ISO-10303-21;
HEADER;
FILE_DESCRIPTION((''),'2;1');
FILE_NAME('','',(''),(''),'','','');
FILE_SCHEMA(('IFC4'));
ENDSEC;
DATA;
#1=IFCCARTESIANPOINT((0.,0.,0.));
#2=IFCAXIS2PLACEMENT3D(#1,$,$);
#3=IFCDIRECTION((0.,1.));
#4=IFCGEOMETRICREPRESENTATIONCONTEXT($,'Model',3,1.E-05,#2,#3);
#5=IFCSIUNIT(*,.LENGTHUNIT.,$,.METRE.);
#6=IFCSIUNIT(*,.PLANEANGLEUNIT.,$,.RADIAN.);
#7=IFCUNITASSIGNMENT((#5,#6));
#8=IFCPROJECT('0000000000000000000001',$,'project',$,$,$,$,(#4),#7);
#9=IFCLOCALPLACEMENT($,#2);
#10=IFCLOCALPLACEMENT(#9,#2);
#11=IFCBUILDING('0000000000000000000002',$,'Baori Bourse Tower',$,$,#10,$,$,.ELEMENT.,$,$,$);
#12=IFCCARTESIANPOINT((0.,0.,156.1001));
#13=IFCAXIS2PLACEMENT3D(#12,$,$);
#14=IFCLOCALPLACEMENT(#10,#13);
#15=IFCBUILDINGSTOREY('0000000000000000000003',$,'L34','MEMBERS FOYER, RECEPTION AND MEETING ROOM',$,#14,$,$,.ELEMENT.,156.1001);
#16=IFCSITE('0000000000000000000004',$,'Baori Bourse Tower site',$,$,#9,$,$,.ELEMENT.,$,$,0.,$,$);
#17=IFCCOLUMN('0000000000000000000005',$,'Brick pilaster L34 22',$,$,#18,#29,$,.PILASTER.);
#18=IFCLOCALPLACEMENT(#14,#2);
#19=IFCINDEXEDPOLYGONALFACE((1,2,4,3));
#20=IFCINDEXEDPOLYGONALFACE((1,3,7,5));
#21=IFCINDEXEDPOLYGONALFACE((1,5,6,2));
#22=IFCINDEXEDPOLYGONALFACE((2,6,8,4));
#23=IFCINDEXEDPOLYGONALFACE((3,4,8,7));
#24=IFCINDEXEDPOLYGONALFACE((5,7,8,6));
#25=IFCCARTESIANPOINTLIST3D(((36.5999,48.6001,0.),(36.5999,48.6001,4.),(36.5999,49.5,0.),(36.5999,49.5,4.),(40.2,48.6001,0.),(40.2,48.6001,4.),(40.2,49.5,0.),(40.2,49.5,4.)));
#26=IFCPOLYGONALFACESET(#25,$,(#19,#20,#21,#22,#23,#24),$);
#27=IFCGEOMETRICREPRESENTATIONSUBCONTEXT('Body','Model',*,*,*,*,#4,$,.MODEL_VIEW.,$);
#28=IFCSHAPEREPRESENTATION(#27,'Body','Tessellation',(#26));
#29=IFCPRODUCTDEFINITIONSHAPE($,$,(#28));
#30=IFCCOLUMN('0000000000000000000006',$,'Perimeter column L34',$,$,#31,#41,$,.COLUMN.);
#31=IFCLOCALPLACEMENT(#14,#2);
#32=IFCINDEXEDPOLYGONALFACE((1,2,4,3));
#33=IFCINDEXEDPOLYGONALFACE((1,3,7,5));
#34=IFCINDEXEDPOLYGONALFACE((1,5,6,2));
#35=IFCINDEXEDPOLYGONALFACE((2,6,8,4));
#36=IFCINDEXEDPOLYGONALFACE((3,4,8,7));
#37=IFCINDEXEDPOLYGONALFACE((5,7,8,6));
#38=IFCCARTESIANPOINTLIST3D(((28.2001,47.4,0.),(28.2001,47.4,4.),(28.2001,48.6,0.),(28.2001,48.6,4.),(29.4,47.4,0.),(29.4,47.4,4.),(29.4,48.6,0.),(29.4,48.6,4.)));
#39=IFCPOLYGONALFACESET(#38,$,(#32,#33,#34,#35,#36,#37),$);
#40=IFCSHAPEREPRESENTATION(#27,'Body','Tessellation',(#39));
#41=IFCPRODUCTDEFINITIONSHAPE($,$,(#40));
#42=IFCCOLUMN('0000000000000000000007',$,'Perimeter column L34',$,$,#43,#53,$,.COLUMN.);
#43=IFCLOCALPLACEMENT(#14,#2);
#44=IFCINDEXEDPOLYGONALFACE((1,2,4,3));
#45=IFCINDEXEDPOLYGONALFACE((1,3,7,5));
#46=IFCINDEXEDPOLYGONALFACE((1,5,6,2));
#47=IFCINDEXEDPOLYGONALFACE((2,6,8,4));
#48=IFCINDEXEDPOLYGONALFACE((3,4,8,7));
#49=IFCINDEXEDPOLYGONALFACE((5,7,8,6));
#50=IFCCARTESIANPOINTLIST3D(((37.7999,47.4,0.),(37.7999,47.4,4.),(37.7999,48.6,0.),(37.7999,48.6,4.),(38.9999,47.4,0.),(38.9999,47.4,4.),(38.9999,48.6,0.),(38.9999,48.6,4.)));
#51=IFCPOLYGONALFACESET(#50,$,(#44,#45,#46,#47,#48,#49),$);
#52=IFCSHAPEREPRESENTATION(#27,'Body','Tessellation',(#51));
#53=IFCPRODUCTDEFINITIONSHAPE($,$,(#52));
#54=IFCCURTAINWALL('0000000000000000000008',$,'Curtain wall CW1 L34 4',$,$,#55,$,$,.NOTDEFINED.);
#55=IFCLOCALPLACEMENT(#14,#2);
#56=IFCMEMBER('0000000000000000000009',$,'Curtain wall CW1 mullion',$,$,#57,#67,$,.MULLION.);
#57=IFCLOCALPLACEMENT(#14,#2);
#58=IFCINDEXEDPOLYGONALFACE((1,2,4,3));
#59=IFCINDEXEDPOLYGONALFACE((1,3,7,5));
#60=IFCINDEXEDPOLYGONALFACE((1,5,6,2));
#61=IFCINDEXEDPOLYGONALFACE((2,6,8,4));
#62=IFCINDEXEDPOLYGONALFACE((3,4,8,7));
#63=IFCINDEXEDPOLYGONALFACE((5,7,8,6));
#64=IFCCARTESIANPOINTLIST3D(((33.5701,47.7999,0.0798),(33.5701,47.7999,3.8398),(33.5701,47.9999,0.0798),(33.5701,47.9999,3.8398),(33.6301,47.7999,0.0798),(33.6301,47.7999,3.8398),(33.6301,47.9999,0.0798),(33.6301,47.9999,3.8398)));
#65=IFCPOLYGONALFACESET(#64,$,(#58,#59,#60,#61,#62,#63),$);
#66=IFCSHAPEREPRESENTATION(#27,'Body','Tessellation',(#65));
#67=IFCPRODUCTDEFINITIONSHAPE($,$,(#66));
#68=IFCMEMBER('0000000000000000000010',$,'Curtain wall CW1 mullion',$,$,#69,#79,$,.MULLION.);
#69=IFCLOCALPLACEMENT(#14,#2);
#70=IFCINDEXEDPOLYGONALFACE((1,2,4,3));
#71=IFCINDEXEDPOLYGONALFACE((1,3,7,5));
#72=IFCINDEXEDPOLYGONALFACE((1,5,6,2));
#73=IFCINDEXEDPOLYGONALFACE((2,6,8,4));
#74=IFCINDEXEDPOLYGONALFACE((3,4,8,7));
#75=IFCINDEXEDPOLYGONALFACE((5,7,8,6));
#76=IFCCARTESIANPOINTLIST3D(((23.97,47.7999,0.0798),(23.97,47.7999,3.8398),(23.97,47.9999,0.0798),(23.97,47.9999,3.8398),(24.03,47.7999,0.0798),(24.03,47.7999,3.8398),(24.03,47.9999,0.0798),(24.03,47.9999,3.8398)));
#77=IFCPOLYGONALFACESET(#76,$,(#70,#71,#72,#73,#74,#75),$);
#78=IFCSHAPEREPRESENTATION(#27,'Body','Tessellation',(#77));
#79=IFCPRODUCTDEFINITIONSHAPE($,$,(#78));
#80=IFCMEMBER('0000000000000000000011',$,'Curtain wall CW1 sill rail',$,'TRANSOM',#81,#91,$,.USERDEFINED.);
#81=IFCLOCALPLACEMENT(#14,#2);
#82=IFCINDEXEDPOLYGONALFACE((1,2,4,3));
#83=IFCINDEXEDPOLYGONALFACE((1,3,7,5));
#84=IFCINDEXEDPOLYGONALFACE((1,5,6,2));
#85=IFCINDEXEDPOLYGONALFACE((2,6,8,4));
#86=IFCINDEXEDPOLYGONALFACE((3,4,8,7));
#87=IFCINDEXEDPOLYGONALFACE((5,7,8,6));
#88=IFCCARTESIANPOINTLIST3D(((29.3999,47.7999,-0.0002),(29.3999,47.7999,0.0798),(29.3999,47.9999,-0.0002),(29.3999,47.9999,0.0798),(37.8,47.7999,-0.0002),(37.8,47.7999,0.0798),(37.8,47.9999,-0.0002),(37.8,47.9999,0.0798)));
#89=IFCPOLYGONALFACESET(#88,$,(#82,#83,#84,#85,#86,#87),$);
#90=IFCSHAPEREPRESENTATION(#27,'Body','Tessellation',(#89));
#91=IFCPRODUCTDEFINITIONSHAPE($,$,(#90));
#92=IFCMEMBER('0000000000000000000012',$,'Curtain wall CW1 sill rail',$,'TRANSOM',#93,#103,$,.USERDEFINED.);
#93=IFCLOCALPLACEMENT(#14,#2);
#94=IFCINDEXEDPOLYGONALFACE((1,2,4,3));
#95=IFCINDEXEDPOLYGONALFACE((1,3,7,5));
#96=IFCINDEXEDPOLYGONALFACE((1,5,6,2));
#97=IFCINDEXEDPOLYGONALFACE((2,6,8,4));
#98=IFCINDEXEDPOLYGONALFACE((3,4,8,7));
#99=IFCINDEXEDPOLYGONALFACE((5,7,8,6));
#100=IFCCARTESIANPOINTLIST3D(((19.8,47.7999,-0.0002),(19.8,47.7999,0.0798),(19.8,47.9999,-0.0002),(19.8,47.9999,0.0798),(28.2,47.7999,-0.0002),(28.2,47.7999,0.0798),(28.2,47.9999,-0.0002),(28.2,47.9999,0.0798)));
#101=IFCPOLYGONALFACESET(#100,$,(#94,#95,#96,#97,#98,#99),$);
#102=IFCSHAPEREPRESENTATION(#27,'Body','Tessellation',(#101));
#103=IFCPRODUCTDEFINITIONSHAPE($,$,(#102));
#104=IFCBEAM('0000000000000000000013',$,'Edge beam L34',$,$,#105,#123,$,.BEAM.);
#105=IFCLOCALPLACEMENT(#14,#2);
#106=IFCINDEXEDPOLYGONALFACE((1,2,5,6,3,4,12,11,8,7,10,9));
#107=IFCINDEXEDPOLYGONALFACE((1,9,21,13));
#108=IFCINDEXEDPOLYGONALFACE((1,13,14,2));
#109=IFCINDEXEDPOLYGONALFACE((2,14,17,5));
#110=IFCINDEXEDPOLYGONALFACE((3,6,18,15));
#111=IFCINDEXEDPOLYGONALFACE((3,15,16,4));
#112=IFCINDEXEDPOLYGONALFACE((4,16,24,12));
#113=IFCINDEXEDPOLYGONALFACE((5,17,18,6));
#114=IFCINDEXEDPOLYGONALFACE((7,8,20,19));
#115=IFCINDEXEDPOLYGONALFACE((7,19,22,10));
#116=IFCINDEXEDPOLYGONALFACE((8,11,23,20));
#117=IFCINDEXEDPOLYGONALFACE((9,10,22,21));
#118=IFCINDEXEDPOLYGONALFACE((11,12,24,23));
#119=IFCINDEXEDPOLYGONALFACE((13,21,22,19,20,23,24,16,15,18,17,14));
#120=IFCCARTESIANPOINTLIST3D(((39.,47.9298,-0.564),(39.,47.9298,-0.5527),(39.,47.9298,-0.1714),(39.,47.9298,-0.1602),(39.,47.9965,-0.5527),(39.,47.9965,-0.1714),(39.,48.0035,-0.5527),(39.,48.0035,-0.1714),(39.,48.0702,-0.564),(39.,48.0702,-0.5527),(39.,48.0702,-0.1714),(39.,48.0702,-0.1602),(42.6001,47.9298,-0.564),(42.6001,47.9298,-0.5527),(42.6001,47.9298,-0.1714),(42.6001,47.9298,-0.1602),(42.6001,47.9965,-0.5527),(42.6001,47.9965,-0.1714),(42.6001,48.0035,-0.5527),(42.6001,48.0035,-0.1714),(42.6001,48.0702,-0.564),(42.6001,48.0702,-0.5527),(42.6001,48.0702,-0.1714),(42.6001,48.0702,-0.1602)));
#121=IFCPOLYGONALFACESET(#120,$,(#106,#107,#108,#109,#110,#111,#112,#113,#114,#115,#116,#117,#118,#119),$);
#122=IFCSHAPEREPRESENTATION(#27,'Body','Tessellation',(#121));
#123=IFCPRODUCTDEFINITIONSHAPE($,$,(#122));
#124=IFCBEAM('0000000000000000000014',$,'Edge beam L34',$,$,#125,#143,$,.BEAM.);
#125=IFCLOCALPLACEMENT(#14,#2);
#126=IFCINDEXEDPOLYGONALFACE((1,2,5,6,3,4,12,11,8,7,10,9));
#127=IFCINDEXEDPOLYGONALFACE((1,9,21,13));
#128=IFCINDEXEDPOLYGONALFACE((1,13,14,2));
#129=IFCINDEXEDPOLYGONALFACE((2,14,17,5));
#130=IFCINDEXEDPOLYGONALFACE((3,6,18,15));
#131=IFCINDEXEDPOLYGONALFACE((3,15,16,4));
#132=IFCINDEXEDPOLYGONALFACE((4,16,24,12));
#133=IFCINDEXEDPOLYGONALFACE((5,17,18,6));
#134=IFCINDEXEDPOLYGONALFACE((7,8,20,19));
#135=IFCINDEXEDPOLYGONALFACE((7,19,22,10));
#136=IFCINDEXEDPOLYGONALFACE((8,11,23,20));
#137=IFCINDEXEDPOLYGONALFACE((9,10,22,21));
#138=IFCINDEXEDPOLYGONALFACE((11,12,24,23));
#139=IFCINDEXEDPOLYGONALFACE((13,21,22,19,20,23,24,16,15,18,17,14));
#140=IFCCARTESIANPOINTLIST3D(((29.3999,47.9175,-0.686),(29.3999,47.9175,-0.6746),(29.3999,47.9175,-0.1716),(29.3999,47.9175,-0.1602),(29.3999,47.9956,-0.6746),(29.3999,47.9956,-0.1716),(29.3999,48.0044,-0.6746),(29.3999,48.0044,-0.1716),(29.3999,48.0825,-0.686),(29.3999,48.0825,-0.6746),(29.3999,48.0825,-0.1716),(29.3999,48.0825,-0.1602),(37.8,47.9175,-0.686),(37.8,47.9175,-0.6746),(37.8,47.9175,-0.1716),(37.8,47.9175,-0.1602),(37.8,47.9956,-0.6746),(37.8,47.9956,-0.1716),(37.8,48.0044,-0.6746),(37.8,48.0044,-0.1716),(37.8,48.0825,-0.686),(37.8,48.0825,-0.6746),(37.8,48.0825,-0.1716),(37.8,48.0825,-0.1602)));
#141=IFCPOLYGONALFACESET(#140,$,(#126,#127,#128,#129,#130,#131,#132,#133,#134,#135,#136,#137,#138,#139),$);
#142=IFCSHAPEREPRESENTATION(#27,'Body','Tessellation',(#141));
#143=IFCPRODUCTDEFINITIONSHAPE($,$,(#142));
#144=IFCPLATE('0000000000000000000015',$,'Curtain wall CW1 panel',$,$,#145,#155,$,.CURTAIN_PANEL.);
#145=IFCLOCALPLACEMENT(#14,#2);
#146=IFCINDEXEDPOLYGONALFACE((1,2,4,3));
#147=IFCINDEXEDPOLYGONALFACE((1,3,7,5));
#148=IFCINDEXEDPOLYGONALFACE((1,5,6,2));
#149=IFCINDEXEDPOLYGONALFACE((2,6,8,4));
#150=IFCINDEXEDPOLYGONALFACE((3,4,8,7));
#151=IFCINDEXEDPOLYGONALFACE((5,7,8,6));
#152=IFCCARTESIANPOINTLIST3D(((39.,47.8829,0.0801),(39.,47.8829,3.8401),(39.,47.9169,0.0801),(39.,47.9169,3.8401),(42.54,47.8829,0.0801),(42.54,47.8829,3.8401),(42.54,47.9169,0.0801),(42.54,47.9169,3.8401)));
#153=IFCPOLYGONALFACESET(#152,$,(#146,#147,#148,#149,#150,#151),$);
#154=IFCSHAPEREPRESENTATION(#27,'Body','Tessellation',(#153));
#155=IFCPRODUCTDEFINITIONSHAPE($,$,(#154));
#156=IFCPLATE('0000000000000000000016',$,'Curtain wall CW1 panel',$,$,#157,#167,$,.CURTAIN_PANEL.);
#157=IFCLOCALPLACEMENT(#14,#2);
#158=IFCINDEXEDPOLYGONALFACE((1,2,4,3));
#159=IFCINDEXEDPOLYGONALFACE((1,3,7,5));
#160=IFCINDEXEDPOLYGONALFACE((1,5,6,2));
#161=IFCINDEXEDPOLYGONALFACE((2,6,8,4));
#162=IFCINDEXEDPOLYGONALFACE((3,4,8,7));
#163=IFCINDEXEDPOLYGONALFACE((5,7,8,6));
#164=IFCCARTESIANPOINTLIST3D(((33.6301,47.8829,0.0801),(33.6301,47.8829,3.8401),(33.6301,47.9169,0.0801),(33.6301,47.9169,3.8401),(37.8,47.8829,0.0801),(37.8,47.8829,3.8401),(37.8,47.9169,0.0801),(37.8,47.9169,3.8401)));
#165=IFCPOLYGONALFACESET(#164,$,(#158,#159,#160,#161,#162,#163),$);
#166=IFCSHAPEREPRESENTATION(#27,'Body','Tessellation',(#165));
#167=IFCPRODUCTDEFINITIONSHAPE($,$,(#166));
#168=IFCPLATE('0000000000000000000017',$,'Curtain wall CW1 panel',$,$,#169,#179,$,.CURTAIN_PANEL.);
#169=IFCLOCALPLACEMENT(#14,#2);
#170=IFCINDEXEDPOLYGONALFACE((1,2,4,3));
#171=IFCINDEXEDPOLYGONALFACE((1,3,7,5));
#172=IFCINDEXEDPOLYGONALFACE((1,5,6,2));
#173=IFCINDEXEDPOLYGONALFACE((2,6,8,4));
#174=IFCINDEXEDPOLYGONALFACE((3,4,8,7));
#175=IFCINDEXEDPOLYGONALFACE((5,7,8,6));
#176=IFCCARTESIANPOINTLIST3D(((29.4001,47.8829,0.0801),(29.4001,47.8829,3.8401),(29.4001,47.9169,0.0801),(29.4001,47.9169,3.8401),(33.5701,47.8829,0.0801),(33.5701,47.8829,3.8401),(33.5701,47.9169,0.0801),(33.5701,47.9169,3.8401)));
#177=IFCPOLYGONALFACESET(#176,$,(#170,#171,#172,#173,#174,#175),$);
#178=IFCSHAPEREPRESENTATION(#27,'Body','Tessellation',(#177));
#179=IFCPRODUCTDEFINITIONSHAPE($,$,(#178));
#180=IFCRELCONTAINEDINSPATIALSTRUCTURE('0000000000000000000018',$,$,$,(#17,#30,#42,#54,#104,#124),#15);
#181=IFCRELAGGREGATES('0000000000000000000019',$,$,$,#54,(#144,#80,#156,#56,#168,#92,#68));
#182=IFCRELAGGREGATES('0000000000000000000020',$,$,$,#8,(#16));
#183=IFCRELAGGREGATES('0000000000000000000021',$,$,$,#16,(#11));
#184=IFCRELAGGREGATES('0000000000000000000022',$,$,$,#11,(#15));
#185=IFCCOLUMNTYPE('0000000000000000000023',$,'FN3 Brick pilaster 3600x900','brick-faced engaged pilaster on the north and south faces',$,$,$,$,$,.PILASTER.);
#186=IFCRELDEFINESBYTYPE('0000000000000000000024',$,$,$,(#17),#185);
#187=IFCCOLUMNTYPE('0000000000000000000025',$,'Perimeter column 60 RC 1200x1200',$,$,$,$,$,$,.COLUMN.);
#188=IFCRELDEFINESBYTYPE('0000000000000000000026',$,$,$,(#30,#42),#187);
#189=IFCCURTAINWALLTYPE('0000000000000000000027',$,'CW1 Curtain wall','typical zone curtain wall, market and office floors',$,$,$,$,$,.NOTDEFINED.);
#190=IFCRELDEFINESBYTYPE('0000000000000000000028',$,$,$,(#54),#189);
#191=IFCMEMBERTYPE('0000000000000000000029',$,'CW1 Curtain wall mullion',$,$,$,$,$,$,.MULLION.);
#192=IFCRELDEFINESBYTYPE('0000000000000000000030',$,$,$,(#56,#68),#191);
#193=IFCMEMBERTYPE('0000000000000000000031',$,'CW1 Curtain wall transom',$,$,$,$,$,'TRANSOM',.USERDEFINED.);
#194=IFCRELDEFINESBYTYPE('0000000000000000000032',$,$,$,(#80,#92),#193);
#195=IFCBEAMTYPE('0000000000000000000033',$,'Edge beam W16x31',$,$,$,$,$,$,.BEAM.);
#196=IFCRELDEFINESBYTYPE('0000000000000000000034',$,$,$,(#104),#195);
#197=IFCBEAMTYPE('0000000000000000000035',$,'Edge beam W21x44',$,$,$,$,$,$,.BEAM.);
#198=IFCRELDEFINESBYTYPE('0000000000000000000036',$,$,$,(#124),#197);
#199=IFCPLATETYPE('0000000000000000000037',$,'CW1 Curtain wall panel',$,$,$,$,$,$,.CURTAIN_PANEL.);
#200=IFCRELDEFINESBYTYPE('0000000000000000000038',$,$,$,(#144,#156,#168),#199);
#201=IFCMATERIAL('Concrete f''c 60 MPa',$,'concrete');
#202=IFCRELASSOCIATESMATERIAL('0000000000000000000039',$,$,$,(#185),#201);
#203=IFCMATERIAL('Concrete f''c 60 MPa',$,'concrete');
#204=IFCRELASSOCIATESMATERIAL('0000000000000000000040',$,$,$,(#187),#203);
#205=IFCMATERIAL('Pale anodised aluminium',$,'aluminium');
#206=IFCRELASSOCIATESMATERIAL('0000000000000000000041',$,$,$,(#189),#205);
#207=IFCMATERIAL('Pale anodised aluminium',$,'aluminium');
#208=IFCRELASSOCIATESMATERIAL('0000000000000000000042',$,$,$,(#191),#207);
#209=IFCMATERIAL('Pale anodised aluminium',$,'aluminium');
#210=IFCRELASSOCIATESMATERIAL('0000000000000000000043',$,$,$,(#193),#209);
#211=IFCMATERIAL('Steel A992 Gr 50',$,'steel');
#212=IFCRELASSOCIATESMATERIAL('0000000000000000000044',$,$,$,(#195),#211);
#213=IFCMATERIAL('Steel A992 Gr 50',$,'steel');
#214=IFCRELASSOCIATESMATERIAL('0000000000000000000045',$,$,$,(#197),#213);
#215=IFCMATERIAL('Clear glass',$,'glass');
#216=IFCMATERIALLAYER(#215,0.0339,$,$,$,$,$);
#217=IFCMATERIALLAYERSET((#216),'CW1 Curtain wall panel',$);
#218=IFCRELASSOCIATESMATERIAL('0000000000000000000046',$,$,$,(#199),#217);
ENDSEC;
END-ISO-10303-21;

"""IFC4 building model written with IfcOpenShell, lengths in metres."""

from ifc_helpers import new_model, si_unit, direction, frame, origin, origin_2d, place, context, subcontext, project, spatial, rectangle, i_section, extrude, material, layer, layer_set, material_profile, profile_set, type_object, element, aggregate, save


model = new_model("IFC4")

# Units and contexts
model_context = context("Model", 3, precision=1e-05, world=origin(), true_north=direction((0.0, 1.0)))
body_context = subcontext(model_context, "Body", "Model", "MODEL_VIEW")
ifc_project = project(units=[si_unit("LENGTHUNIT", "METRE"), si_unit("PLANEANGLEUNIT", "RADIAN")], contexts=[model_context])

# Site, building, storey
site_placement = place(None, origin())
site = spatial("IfcSite", under=ifc_project, at=site_placement, Name="Baori Bourse Tower site", CompositionType="ELEMENT", RefElevation=0.0)
building_placement = place(site_placement, origin())
building = spatial("IfcBuilding", under=site, at=building_placement, Name="Baori Bourse Tower", CompositionType="ELEMENT")
storey_placement = place(building_placement, frame((0.0, 0.0, 156.1001)))
storey = spatial("IfcBuildingStorey", under=building, at=storey_placement, Name="L34", Description="MEMBERS FOYER, RECEPTION AND MEETING ROOM", CompositionType="ELEMENT", Elevation=156.1001)

# Columns
ifc_material_1 = material(Name="Concrete f'c 60 MPa", Category="concrete")
ifc_material_profile_1 = material_profile(ifc_material_1, rectangle(XDim=3.6001, YDim=0.8999, at=origin_2d()), Name="RC 3600x900")
ifc_profile_set_1 = profile_set([ifc_material_profile_1], Name="Concrete f'c 60 MPa")
column_type_1 = type_object("IfcColumnType", Name="FN3 Brick pilaster 3600x900", Description="brick-faced engaged pilaster on the north and south faces", PredefinedType="PILASTER", material=ifc_profile_set_1)
column_placement = place(storey_placement, frame((38.3999, 49.05, 0.0), z_axis=(0.0, 0.0, 1.0), x_axis=(1.0, 0.0, 0.0)))
element("IfcColumn", 1, at=column_placement, inside=storey, type_object=column_type_1, Name="Brick pilaster L34 22", PredefinedType="PILASTER", context=body_context, shape_type="SweptSolid", body=[
    extrude(rectangle(XDim=3.6001, YDim=0.8999, at=origin_2d()), origin(), (0.0, 0.0, 1.0), 4.0),
])
ifc_material_2 = material(Name="Concrete f'c 60 MPa", Category="concrete")
ifc_material_profile_2 = material_profile(ifc_material_2, rectangle(XDim=1.2, YDim=1.2, at=origin_2d()), Name="RC 1200x1200")
ifc_profile_set_2 = profile_set([ifc_material_profile_2], Name="Concrete f'c 60 MPa")
column_type_2 = type_object("IfcColumnType", Name="Perimeter column 60 RC 1200x1200", PredefinedType="COLUMN", material=ifc_profile_set_2)
for number, where, z_axis, x_axis, name in (
    (2, (28.8, 48.0, 0.0), (0.0, 0.0, 1.0), (1.0, 0.0, 0.0), "Perimeter column L34"),
    (3, (38.3999, 48.0, 0.0), (0.0, 0.0, 1.0), (1.0, 0.0, 0.0), "Perimeter column L34"),
):
    element("IfcColumn", number, at=place(storey_placement, frame(where, z_axis=z_axis, x_axis=x_axis)), inside=storey, type_object=column_type_2, Name=name, PredefinedType="COLUMN", context=body_context, shape_type="SweptSolid", body=[
        extrude(rectangle(XDim=1.2, YDim=1.2, at=origin_2d()), origin(), (0.0, 0.0, 1.0), 4.0),
    ])

# Curtain wall, members
ifc_material_3 = material(Name="Pale anodised aluminium", Category="aluminium")
curtain_wall_type = type_object("IfcCurtainWallType", Name="CW1 Curtain wall", Description="typical zone curtain wall, market and office floors", PredefinedType="NOTDEFINED", material=ifc_material_3)
curtain_wall_placement = place(storey_placement, origin())
curtain_wall = element("IfcCurtainWall", 4, at=curtain_wall_placement, inside=storey, type_object=curtain_wall_type, Name="Curtain wall CW1 L34 4", PredefinedType="NOTDEFINED")
ifc_material_4 = material(Name="Pale anodised aluminium", Category="aluminium")
ifc_material_profile_3 = material_profile(ifc_material_4, rectangle(XDim=0.2, YDim=0.0601, at=origin_2d()), Name="Mullion 60x200")
ifc_profile_set_3 = profile_set([ifc_material_profile_3], Name="Pale anodised aluminium")
member_type_1 = type_object("IfcMemberType", Name="CW1 Curtain wall mullion", PredefinedType="MULLION", material=ifc_profile_set_3)
member_1_placement = place(storey_placement, frame((33.6001, 47.8999, 0.0798), z_axis=(0.0, 0.0, 1.0), x_axis=(0.0, -1.0, 0.0)))
member_1 = element("IfcMember", 5, at=member_1_placement, type_object=member_type_1, Name="Curtain wall CW1 mullion", PredefinedType="MULLION", context=body_context, shape_type="SweptSolid", body=[
    extrude(rectangle(XDim=0.2, YDim=0.0601, at=origin_2d()), origin(), (0.0, 0.0, 1.0), 3.76),
])
member_2_placement = place(storey_placement, frame((24.0, 47.8999, 0.0798), z_axis=(0.0, 0.0, 1.0), x_axis=(0.0, -1.0, 0.0)))
member_2 = element("IfcMember", 6, at=member_2_placement, type_object=member_type_1, Name="Curtain wall CW1 mullion", PredefinedType="MULLION", context=body_context, shape_type="SweptSolid", body=[
    extrude(rectangle(XDim=0.2, YDim=0.0601, at=origin_2d()), origin(), (0.0, 0.0, 1.0), 3.76),
])
ifc_material_5 = material(Name="Pale anodised aluminium", Category="aluminium")
ifc_material_profile_4 = material_profile(ifc_material_5, rectangle(XDim=0.2, YDim=0.0801, at=origin_2d()), Name="Transom 80x200")
ifc_profile_set_4 = profile_set([ifc_material_profile_4], Name="Pale anodised aluminium")
member_type_2 = type_object("IfcMemberType", Name="CW1 Curtain wall transom", ElementType="TRANSOM", PredefinedType="USERDEFINED", material=ifc_profile_set_4)
member_3_placement = place(storey_placement, frame((37.8, 47.8999, 0.0398), z_axis=(-1.0, 0.0, 0.0), x_axis=(0.0, -1.0, 0.0)))
member_3 = element("IfcMember", 7, at=member_3_placement, type_object=member_type_2, Name="Curtain wall CW1 sill rail", ObjectType="TRANSOM", PredefinedType="USERDEFINED", context=body_context, shape_type="SweptSolid", body=[
    extrude(rectangle(XDim=0.2, YDim=0.0801, at=origin_2d()), origin(), (0.0, 0.0, 1.0), 8.4001),
])
member_4_placement = place(storey_placement, frame((28.2, 47.8999, 0.0398), z_axis=(-1.0, 0.0, 0.0), x_axis=(0.0, -1.0, 0.0)))
member_4 = element("IfcMember", 8, at=member_4_placement, type_object=member_type_2, Name="Curtain wall CW1 sill rail", ObjectType="TRANSOM", PredefinedType="USERDEFINED", context=body_context, shape_type="SweptSolid", body=[
    extrude(rectangle(XDim=0.2, YDim=0.0801, at=origin_2d()), origin(), (0.0, 0.0, 1.0), 8.3999),
])

# Beams
ifc_material_6 = material(Name="Steel A992 Gr 50", Category="steel")
ifc_material_profile_5 = material_profile(ifc_material_6, i_section(OverallWidth=0.1404, OverallDepth=0.4038, WebThickness=0.0071, FlangeThickness=0.0112, at=origin_2d()), Name="W16x31")
ifc_profile_set_5 = profile_set([ifc_material_profile_5], Name="Steel A992 Gr 50")
beam_type_1 = type_object("IfcBeamType", Name="Edge beam W16x31", PredefinedType="BEAM", material=ifc_profile_set_5)
beam_1_placement = place(storey_placement, frame((39.0, 48.0, -0.3621), z_axis=(1.0, 0.0, 0.0), x_axis=(0.0, 1.0, 0.0)))
element("IfcBeam", 9, at=beam_1_placement, inside=storey, type_object=beam_type_1, Name="Edge beam L34", PredefinedType="BEAM", context=body_context, shape_type="SweptSolid", body=[
    extrude(i_section(OverallWidth=0.1404, OverallDepth=0.4038, WebThickness=0.0071, FlangeThickness=0.0112, at=origin_2d()), origin(), (0.0, 0.0, 1.0), 3.6001),
])
ifc_material_7 = material(Name="Steel A992 Gr 50", Category="steel")
ifc_material_profile_6 = material_profile(ifc_material_7, i_section(OverallWidth=0.165, OverallDepth=0.5259, WebThickness=0.0088, FlangeThickness=0.0115, at=origin_2d()), Name="W21x44")
ifc_profile_set_6 = profile_set([ifc_material_profile_6], Name="Steel A992 Gr 50")
beam_type_2 = type_object("IfcBeamType", Name="Edge beam W21x44", PredefinedType="BEAM", material=ifc_profile_set_6)
beam_2_placement = place(storey_placement, frame((29.3999, 48.0, -0.4231), z_axis=(1.0, 0.0, 0.0), x_axis=(0.0, 1.0, 0.0)))
element("IfcBeam", 10, at=beam_2_placement, inside=storey, type_object=beam_type_2, Name="Edge beam L34", PredefinedType="BEAM", context=body_context, shape_type="SweptSolid", body=[
    extrude(i_section(OverallWidth=0.165, OverallDepth=0.5259, WebThickness=0.0088, FlangeThickness=0.0115, at=origin_2d()), origin(), (0.0, 0.0, 1.0), 8.4001),
])

# Plates
ifc_material_8 = material(Name="Clear glass", Category="glass")
ifc_layer_1 = layer(ifc_material_8, 0.0339)
ifc_layer_set_1 = layer_set([ifc_layer_1], Name="CW1 Curtain wall panel")
plate_type = type_object("IfcPlateType", Name="CW1 Curtain wall panel", PredefinedType="CURTAIN_PANEL", material=ifc_layer_set_1)
plate_1_placement = place(storey_placement, frame((40.77, 47.8999, 0.0801), z_axis=(0.0, 0.0, 1.0), x_axis=(-1.0, 0.0, 0.0)))
plate_1 = element("IfcPlate", 11, at=plate_1_placement, type_object=plate_type, Name="Curtain wall CW1 panel", PredefinedType="CURTAIN_PANEL", context=body_context, shape_type="SweptSolid", body=[
    extrude(rectangle(XDim=3.54, YDim=0.0339, at=origin_2d()), origin(), (0.0, 0.0, 1.0), 3.76),
])
plate_2_placement = place(storey_placement, frame((35.7151, 47.8999, 0.0801), z_axis=(0.0, 0.0, 1.0), x_axis=(-1.0, 0.0, 0.0)))
plate_2 = element("IfcPlate", 12, at=plate_2_placement, type_object=plate_type, Name="Curtain wall CW1 panel", PredefinedType="CURTAIN_PANEL", context=body_context, shape_type="SweptSolid", body=[
    extrude(rectangle(XDim=4.1699, YDim=0.0339, at=origin_2d()), origin(), (0.0, 0.0, 1.0), 3.76),
])
plate_3_placement = place(storey_placement, frame((31.4851, 47.8999, 0.0801), z_axis=(0.0, 0.0, 1.0), x_axis=(-1.0, 0.0, 0.0)))
plate_3 = element("IfcPlate", 13, at=plate_3_placement, type_object=plate_type, Name="Curtain wall CW1 panel", PredefinedType="CURTAIN_PANEL", context=body_context, shape_type="SweptSolid", body=[
    extrude(rectangle(XDim=4.1699, YDim=0.0339, at=origin_2d()), origin(), (0.0, 0.0, 1.0), 3.76),
])
aggregate(curtain_wall, [plate_1, member_3, plate_2, member_1, plate_3, member_4, member_2])

save(model, "model.ifc")
